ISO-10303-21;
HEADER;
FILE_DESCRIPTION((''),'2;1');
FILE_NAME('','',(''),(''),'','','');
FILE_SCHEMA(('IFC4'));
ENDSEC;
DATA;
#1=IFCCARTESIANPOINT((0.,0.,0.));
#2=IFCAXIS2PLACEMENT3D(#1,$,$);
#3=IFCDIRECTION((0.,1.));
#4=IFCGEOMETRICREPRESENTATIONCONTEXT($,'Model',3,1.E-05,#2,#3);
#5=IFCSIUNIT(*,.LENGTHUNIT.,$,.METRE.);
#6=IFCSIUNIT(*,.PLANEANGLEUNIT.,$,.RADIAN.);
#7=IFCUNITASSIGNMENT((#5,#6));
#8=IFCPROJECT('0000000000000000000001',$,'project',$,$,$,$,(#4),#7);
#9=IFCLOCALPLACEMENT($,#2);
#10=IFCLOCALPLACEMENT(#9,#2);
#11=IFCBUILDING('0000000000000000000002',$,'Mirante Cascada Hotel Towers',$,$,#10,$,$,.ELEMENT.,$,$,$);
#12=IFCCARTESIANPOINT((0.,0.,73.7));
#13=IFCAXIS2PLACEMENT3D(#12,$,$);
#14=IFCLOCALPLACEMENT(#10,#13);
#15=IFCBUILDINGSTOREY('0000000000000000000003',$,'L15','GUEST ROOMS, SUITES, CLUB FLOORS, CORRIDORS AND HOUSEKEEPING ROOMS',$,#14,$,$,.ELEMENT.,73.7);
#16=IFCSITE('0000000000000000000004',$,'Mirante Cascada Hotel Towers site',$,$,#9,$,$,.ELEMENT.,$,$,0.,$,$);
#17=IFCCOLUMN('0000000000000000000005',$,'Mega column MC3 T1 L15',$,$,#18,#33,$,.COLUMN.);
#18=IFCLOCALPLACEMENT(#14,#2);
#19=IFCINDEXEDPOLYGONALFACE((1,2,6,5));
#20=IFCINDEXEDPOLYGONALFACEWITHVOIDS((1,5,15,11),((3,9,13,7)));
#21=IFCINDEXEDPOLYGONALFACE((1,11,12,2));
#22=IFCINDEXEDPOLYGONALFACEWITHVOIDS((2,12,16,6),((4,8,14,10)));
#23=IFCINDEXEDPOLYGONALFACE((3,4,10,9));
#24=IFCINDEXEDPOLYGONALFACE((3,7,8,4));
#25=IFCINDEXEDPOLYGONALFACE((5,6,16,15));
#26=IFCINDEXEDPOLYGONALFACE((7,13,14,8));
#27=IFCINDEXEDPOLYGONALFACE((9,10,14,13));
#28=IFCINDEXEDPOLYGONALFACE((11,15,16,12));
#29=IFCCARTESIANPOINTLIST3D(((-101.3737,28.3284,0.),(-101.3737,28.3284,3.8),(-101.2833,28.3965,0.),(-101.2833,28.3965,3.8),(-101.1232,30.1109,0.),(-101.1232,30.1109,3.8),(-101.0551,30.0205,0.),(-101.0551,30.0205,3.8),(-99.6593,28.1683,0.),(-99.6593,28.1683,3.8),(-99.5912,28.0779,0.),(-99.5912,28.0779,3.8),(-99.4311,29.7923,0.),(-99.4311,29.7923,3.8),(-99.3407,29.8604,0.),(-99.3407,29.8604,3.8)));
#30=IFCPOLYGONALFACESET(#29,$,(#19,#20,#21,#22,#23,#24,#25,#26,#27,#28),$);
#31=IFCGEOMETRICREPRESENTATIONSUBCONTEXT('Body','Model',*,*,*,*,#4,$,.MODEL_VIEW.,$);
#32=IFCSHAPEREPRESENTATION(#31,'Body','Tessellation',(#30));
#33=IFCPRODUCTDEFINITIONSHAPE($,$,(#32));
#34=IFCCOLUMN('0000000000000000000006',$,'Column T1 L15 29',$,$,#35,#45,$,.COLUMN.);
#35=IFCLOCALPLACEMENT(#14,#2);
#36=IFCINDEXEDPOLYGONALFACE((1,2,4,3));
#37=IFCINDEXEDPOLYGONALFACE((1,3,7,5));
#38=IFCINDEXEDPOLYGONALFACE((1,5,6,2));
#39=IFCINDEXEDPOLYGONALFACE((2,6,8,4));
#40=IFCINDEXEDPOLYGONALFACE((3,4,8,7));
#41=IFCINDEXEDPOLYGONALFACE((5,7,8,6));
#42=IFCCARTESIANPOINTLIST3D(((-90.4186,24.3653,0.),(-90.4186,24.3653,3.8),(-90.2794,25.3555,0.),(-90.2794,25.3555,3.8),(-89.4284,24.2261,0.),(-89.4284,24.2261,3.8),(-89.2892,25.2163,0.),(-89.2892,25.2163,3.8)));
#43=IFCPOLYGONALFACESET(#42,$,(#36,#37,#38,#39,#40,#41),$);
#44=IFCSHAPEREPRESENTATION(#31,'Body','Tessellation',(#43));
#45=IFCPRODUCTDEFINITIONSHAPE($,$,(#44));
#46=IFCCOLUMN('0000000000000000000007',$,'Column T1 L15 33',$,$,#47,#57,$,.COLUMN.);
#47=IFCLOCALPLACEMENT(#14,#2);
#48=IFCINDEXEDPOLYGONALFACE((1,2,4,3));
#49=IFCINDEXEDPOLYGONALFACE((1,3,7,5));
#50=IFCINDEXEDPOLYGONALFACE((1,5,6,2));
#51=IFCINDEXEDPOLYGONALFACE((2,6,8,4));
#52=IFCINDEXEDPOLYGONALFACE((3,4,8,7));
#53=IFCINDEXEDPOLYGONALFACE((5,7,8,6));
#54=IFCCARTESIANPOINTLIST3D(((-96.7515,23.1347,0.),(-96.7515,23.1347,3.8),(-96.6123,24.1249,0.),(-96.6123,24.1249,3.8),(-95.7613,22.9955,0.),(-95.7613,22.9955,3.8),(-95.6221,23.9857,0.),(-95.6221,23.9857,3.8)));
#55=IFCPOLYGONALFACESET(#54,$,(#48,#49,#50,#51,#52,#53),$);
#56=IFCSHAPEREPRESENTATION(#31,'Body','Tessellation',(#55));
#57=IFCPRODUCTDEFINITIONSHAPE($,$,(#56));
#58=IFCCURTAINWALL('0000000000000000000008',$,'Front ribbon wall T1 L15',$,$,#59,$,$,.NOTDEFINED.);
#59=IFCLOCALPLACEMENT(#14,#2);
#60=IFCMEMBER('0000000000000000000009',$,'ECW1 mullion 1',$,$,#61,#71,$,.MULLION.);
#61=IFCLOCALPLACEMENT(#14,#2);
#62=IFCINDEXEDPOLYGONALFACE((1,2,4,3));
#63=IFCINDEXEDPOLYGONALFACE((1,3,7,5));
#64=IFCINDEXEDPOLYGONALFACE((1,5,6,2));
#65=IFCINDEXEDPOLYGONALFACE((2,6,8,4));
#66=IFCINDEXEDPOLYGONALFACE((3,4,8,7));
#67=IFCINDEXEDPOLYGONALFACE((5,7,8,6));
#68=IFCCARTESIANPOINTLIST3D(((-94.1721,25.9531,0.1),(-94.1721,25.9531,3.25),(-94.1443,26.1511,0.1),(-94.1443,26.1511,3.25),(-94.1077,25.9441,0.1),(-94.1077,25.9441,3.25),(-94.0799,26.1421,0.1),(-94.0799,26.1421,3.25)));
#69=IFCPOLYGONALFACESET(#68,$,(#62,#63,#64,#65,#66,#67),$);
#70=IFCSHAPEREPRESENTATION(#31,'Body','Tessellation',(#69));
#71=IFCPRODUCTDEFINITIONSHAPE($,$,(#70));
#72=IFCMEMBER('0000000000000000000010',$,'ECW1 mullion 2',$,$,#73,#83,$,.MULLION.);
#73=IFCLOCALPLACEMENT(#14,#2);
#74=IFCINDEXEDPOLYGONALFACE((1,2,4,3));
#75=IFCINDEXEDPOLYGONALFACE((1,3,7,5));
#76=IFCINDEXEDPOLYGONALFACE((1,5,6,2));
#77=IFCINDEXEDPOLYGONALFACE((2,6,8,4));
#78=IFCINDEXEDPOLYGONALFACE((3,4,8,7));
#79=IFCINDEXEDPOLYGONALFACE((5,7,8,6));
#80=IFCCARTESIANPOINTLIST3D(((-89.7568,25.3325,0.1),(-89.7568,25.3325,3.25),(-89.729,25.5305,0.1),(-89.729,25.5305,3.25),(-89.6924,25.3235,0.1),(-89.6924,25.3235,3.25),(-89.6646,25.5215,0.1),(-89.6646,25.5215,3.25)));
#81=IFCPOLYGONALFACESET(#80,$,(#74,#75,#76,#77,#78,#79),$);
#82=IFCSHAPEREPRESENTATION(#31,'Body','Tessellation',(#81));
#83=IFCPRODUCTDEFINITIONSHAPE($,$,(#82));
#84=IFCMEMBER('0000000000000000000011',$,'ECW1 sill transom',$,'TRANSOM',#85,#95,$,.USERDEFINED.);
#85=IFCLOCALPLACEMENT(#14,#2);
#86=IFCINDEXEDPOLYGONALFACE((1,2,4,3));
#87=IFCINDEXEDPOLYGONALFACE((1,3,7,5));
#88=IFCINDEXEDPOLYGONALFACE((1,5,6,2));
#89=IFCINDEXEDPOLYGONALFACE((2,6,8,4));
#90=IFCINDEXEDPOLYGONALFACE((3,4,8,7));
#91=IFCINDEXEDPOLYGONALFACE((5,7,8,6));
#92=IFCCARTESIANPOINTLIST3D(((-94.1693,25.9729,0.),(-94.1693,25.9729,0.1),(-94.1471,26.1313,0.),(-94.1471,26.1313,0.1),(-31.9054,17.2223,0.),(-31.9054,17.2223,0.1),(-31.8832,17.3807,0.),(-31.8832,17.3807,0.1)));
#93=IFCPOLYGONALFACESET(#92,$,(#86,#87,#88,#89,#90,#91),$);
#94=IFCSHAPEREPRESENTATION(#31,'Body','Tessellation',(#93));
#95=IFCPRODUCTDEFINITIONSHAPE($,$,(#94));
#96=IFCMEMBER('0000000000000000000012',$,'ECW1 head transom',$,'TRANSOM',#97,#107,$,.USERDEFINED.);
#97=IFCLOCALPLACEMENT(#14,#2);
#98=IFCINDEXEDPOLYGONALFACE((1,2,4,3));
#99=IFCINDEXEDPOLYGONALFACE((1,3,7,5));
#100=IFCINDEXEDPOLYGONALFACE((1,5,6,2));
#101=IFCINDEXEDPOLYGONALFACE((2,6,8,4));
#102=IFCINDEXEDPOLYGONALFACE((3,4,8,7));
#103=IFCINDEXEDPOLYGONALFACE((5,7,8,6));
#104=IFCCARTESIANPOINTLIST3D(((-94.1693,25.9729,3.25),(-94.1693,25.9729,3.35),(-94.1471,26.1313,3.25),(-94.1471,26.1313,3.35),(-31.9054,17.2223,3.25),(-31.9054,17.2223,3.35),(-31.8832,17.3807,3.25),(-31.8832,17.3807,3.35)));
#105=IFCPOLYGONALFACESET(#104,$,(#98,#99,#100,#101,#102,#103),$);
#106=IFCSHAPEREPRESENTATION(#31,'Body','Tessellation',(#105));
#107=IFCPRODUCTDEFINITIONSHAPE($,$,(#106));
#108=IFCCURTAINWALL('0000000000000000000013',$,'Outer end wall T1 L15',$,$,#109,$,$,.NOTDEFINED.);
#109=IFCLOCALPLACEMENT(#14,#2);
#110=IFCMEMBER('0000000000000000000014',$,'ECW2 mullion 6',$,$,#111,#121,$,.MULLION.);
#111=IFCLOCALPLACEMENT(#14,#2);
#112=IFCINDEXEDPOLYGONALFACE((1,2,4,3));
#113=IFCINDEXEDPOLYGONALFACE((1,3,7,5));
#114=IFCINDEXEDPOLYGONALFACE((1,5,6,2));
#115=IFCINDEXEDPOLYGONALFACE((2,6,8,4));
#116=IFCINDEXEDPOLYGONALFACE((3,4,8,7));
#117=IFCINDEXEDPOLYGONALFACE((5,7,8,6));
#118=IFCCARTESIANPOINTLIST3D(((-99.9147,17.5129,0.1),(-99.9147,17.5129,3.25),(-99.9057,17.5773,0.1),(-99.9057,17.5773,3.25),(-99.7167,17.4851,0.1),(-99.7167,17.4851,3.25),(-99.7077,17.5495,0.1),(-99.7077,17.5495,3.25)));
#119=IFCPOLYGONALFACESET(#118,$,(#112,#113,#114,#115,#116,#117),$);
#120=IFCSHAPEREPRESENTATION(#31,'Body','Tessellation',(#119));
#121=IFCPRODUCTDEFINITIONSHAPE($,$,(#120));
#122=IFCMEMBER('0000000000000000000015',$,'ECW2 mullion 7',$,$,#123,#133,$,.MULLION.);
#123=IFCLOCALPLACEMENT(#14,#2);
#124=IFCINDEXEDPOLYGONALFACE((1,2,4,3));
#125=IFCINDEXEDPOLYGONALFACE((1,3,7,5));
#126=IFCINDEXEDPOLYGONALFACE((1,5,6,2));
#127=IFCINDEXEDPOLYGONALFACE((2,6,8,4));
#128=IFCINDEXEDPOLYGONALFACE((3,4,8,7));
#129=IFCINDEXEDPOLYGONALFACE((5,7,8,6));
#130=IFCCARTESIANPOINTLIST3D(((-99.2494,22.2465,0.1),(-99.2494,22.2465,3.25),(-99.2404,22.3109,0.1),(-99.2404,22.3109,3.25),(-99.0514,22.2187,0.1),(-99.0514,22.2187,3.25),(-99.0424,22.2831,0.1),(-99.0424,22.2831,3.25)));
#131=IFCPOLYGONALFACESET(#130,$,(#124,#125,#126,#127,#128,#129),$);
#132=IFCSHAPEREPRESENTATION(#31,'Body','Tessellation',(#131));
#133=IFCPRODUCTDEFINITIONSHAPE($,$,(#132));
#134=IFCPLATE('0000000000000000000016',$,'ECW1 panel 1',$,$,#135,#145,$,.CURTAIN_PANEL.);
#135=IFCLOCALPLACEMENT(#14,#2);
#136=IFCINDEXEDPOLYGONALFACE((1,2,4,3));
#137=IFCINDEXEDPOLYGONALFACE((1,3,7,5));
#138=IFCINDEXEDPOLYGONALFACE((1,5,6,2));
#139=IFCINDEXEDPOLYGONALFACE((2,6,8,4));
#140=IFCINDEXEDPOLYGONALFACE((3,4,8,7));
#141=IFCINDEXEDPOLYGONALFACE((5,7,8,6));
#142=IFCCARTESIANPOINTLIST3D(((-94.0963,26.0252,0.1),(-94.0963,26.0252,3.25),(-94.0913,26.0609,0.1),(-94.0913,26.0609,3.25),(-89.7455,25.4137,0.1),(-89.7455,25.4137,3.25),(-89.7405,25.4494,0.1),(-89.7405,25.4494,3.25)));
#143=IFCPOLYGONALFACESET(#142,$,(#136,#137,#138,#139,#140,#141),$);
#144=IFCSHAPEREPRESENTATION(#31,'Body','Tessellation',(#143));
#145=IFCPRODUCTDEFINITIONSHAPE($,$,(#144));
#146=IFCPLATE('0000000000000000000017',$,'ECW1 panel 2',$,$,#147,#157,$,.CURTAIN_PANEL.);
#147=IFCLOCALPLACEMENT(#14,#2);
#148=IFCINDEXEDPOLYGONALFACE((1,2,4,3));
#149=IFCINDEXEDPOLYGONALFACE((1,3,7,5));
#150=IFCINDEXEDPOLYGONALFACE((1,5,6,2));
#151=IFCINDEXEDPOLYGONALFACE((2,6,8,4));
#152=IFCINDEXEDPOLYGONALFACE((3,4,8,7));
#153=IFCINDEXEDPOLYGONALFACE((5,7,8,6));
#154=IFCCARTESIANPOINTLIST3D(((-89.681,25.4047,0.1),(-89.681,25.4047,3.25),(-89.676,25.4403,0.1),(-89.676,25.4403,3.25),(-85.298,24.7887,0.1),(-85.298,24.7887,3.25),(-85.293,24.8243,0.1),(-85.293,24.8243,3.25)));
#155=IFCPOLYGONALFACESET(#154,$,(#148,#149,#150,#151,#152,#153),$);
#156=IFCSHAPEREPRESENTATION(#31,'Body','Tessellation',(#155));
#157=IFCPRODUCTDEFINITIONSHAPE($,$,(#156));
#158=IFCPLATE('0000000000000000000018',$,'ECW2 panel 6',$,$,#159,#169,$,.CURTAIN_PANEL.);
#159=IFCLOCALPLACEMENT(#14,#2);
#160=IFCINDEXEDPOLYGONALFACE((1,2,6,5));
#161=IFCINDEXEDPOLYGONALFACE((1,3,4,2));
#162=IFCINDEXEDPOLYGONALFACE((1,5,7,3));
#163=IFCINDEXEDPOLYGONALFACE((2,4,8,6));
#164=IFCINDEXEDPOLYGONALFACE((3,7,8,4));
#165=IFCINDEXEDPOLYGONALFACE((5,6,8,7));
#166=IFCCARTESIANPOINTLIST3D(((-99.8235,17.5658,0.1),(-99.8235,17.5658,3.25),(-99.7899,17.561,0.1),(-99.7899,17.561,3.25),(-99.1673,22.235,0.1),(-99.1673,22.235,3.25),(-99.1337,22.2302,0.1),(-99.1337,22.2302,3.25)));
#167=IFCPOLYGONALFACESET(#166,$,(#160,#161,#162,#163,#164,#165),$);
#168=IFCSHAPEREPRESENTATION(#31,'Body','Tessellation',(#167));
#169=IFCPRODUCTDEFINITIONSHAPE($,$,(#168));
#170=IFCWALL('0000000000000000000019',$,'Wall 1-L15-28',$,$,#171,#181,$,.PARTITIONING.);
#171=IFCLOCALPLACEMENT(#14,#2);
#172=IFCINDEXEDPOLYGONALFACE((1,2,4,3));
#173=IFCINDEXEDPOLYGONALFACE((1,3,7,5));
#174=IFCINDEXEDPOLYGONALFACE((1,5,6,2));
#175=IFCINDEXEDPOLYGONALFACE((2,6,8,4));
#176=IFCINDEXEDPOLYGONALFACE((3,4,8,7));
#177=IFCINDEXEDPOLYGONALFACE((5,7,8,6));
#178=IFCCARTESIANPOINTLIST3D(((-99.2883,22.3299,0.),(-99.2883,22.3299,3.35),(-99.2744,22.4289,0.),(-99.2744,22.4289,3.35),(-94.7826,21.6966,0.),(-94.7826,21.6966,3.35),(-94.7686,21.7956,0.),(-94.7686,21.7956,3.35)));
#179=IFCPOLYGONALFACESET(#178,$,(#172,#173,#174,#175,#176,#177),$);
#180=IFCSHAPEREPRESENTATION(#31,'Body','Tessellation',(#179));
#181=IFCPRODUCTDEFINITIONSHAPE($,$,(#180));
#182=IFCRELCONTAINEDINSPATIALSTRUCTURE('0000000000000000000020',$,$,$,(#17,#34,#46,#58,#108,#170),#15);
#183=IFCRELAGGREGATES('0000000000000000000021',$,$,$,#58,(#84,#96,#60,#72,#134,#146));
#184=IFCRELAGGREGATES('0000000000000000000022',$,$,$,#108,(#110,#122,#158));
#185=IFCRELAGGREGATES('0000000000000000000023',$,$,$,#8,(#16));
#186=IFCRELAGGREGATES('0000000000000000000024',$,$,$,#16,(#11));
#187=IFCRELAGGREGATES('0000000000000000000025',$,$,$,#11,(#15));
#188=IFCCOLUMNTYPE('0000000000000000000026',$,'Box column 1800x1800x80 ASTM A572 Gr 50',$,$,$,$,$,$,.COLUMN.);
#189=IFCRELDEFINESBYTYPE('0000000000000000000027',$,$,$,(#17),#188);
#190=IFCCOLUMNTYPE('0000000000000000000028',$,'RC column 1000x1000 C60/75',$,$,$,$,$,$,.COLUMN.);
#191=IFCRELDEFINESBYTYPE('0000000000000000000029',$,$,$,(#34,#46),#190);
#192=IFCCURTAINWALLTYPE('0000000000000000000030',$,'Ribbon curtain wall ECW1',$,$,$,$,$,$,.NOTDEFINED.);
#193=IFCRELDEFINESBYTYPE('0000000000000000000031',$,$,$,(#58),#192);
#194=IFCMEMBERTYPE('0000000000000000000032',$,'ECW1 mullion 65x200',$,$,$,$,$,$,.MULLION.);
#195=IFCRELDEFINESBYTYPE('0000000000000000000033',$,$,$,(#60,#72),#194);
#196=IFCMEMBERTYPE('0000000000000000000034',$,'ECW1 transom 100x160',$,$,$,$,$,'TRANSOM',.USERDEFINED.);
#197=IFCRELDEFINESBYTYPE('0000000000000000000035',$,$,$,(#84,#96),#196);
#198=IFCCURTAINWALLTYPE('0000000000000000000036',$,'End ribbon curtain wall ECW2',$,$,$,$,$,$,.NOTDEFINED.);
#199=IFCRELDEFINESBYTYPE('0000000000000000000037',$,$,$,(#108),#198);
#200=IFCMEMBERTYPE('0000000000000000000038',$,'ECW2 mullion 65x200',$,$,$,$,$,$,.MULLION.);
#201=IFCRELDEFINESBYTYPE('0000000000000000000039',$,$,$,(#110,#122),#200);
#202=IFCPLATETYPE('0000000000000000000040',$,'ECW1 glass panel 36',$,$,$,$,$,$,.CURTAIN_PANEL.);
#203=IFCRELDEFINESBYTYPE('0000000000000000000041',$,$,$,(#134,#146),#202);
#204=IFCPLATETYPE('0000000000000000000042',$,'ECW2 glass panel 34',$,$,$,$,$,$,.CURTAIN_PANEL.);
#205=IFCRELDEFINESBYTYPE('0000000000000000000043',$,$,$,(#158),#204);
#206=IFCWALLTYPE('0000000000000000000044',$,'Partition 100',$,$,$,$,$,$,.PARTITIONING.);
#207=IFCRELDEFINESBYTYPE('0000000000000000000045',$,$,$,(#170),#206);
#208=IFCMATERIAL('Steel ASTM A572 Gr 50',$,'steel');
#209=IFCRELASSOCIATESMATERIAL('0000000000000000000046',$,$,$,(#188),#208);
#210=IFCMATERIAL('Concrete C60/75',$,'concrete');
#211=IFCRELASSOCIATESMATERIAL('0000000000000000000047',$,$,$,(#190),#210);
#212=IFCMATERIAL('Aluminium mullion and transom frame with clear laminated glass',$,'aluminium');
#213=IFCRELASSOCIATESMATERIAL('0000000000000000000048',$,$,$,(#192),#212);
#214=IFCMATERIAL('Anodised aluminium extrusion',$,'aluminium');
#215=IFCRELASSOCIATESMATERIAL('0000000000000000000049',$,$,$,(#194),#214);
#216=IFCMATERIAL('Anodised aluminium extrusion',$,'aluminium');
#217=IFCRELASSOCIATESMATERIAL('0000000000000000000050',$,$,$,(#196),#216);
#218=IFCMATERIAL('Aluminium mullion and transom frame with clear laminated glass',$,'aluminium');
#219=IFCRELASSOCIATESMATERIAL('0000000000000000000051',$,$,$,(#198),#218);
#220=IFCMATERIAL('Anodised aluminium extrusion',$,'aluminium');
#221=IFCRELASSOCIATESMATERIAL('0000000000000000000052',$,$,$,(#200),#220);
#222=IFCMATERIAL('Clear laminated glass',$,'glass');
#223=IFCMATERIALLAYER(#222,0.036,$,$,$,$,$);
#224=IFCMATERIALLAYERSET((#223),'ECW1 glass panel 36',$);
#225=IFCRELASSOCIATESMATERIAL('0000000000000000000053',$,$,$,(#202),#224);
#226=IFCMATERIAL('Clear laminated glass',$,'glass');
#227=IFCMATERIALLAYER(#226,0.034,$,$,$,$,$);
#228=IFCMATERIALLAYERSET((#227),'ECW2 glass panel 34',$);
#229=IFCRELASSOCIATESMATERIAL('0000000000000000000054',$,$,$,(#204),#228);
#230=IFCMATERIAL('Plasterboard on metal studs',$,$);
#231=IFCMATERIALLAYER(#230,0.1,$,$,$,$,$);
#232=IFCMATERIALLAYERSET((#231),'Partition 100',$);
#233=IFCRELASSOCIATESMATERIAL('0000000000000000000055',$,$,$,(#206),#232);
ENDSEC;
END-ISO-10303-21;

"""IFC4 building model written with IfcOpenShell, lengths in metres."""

from ifc_helpers import new_model, si_unit, direction, frame, frame_2d, origin, origin_2d, place, context, subcontext, project, spatial, rectangle, hollow_rectangle, extrude, material, layer, layer_set, material_profile, profile_set, type_object, element, aggregate, save


model = new_model("IFC4")

# Units and contexts
model_context = context("Model", 3, precision=1e-05, world=origin(), true_north=direction((0.0, 1.0)))
body_context = subcontext(model_context, "Body", "Model", "MODEL_VIEW")
ifc_project = project(units=[si_unit("LENGTHUNIT", "METRE"), si_unit("PLANEANGLEUNIT", "RADIAN")], contexts=[model_context])

# Site, building, storey
site_placement = place(None, origin())
site = spatial("IfcSite", under=ifc_project, at=site_placement, Name="Mirante Cascada Hotel Towers site", CompositionType="ELEMENT", RefElevation=0.0)
building_placement = place(site_placement, origin())
building = spatial("IfcBuilding", under=site, at=building_placement, Name="Mirante Cascada Hotel Towers", CompositionType="ELEMENT")
storey_placement = place(building_placement, frame((0.0, 0.0, 73.7)))
storey = spatial("IfcBuildingStorey", under=building, at=storey_placement, Name="L15", Description="GUEST ROOMS, SUITES, CLUB FLOORS, CORRIDORS AND HOUSEKEEPING ROOMS", CompositionType="ELEMENT", Elevation=73.7)

# Columns
ifc_material_1 = material(Name="Steel ASTM A572 Gr 50", Category="steel")
ifc_material_profile_1 = material_profile(ifc_material_1, hollow_rectangle(XDim=1.8, YDim=1.8, WallThickness=0.08, at=origin_2d()), Name="Box column 1800x1800x80 ASTM A572 Gr 50")
ifc_profile_set_1 = profile_set([ifc_material_profile_1], Name="Steel ASTM A572 Gr 50")
column_type_1 = type_object("IfcColumnType", Name="Box column 1800x1800x80 ASTM A572 Gr 50", PredefinedType="COLUMN", material=ifc_profile_set_1)
column_placement = place(storey_placement, frame((-100.3572, 29.0944, 0.0), z_axis=(0.0, 0.0, 1.0), x_axis=(-0.990268, 0.139173, 0.0)))
element("IfcColumn", 1, at=column_placement, inside=storey, type_object=column_type_1, Name="Mega column MC3 T1 L15", PredefinedType="COLUMN", context=body_context, shape_type="SweptSolid", body=[
    extrude(hollow_rectangle(XDim=1.8, YDim=1.8, WallThickness=0.08, at=origin_2d()), origin(), (0.0, 0.0, 1.0), 3.8),
])
ifc_material_2 = material(Name="Concrete C60/75", Category="concrete")
ifc_material_profile_2 = material_profile(ifc_material_2, rectangle(XDim=1.0, YDim=1.0, at=origin_2d()), Name="RC column 1000x1000 C60/75")
ifc_profile_set_2 = profile_set([ifc_material_profile_2], Name="Concrete C60/75")
column_type_2 = type_object("IfcColumnType", Name="RC column 1000x1000 C60/75", PredefinedType="COLUMN", material=ifc_profile_set_2)
for number, where, z_axis, x_axis, name in (
    (2, (-89.8539, 24.7908, 0.0), (0.0, 0.0, 1.0), (-0.990268, 0.139173, 0.0), "Column T1 L15 29"),
    (3, (-96.1868, 23.5602, 0.0), (0.0, 0.0, 1.0), (-0.990268, 0.139173, 0.0), "Column T1 L15 33"),
):
    element("IfcColumn", number, at=place(storey_placement, frame(where, z_axis=z_axis, x_axis=x_axis)), inside=storey, type_object=column_type_2, Name=name, PredefinedType="COLUMN", context=body_context, shape_type="SweptSolid", body=[
        extrude(rectangle(XDim=1.0, YDim=1.0, at=origin_2d()), origin(), (0.0, 0.0, 1.0), 3.8),
    ])

# Curtain walls, members
ifc_material_3 = material(Name="Aluminium mullion and transom frame with clear laminated glass", Category="aluminium")
curtain_wall_type_1 = type_object("IfcCurtainWallType", Name="Ribbon curtain wall ECW1", PredefinedType="NOTDEFINED", material=ifc_material_3)
curtain_wall_1_placement = place(storey_placement, origin())
curtain_wall_1 = element("IfcCurtainWall", 4, at=curtain_wall_1_placement, inside=storey, type_object=curtain_wall_type_1, Name="Front ribbon wall T1 L15", PredefinedType="NOTDEFINED")
ifc_material_4 = material(Name="Anodised aluminium extrusion", Category="aluminium")
ifc_material_profile_3 = material_profile(ifc_material_4, rectangle(XDim=0.2, YDim=0.065, at=origin_2d()), Name="ECW1 MULLION 65x200")
ifc_profile_set_3 = profile_set([ifc_material_profile_3], Name="Anodised aluminium extrusion")
member_type_1 = type_object("IfcMemberType", Name="ECW1 mullion 65x200", PredefinedType="MULLION", material=ifc_profile_set_3)
member_1_placement = place(storey_placement, frame((-94.126, 26.0476, 0.1), z_axis=(0.0, 0.0, 1.0), x_axis=(0.139173, 0.990268, 0.0)))
member_1 = element("IfcMember", 5, at=member_1_placement, type_object=member_type_1, Name="ECW1 mullion 1", PredefinedType="MULLION", context=body_context, shape_type="SweptSolid", body=[
    extrude(rectangle(XDim=0.2, YDim=0.065, at=origin_2d()), origin(), (0.0, 0.0, 1.0), 3.15),
])
member_2_placement = place(storey_placement, frame((-89.7107, 25.427, 0.1), z_axis=(0.0, 0.0, 1.0), x_axis=(0.139173, 0.990268, 0.0)))
member_2 = element("IfcMember", 6, at=member_2_placement, type_object=member_type_1, Name="ECW1 mullion 2", PredefinedType="MULLION", context=body_context, shape_type="SweptSolid", body=[
    extrude(rectangle(XDim=0.2, YDim=0.065, at=origin_2d()), origin(), (0.0, 0.0, 1.0), 3.15),
])
ifc_material_5 = material(Name="Anodised aluminium extrusion", Category="aluminium")
ifc_material_profile_4 = material_profile(ifc_material_5, rectangle(XDim=0.16, YDim=0.1, at=origin_2d()), Name="ECW1 TRANSOM 100x160")
ifc_profile_set_4 = profile_set([ifc_material_profile_4], Name="Anodised aluminium extrusion")
member_type_2 = type_object("IfcMemberType", Name="ECW1 transom 100x160", ElementType="TRANSOM", PredefinedType="USERDEFINED", material=ifc_profile_set_4)
member_3_placement = place(storey_placement, frame((-94.1582, 26.0521, 0.05), z_axis=(0.990268, -0.139173, 0.0), x_axis=(0.139173, 0.990268, 0.0)))
member_3 = element("IfcMember", 7, at=member_3_placement, type_object=member_type_2, Name="ECW1 sill transom", ObjectType="TRANSOM", PredefinedType="USERDEFINED", context=body_context, shape_type="SweptSolid", body=[
    extrude(rectangle(XDim=0.16, YDim=0.1, at=origin_2d()), origin(), (0.0, 0.0, 1.0), 62.8758),
])
member_4_placement = place(storey_placement, frame((-94.1582, 26.0521, 3.3), z_axis=(0.990268, -0.139173, 0.0), x_axis=(0.139173, 0.990268, 0.0)))
member_4 = element("IfcMember", 8, at=member_4_placement, type_object=member_type_2, Name="ECW1 head transom", ObjectType="TRANSOM", PredefinedType="USERDEFINED", context=body_context, shape_type="SweptSolid", body=[
    extrude(rectangle(XDim=0.16, YDim=0.1, at=origin_2d()), origin(), (0.0, 0.0, 1.0), 62.8758),
])
ifc_material_6 = material(Name="Aluminium mullion and transom frame with clear laminated glass", Category="aluminium")
curtain_wall_type_2 = type_object("IfcCurtainWallType", Name="End ribbon curtain wall ECW2", PredefinedType="NOTDEFINED", material=ifc_material_6)
curtain_wall_2_placement = place(storey_placement, origin())
curtain_wall_2 = element("IfcCurtainWall", 9, at=curtain_wall_2_placement, inside=storey, type_object=curtain_wall_type_2, Name="Outer end wall T1 L15", PredefinedType="NOTDEFINED")
ifc_material_7 = material(Name="Anodised aluminium extrusion", Category="aluminium")
ifc_material_profile_5 = material_profile(ifc_material_7, rectangle(XDim=0.2, YDim=0.065, at=origin_2d()), Name="ECW2 MULLION 65x200")
ifc_profile_set_5 = profile_set([ifc_material_profile_5], Name="Anodised aluminium extrusion")
member_type_3 = type_object("IfcMemberType", Name="ECW2 mullion 65x200", PredefinedType="MULLION", material=ifc_profile_set_5)
member_5_placement = place(storey_placement, frame((-99.8112, 17.5312, 0.1), z_axis=(0.0, 0.0, 1.0), x_axis=(-0.990268, 0.139173, 0.0)))
member_5 = element("IfcMember", 10, at=member_5_placement, type_object=member_type_3, Name="ECW2 mullion 6", PredefinedType="MULLION", context=body_context, shape_type="SweptSolid", body=[
    extrude(rectangle(XDim=0.2, YDim=0.065, at=origin_2d()), origin(), (0.0, 0.0, 1.0), 3.15),
])
member_6_placement = place(storey_placement, frame((-99.1459, 22.2648, 0.1), z_axis=(0.0, 0.0, 1.0), x_axis=(-0.990268, 0.139173, 0.0)))
member_6 = element("IfcMember", 11, at=member_6_placement, type_object=member_type_3, Name="ECW2 mullion 7", PredefinedType="MULLION", context=body_context, shape_type="SweptSolid", body=[
    extrude(rectangle(XDim=0.2, YDim=0.065, at=origin_2d()), origin(), (0.0, 0.0, 1.0), 3.15),
])

# Plates
ifc_material_8 = material(Name="Clear laminated glass", Category="glass")
ifc_layer_1 = layer(ifc_material_8, 0.036)
ifc_layer_set_1 = layer_set([ifc_layer_1], Name="ECW1 glass panel 36")
plate_type_1 = type_object("IfcPlateType", Name="ECW1 glass panel 36", PredefinedType="CURTAIN_PANEL", material=ifc_layer_set_1)
plate_1_placement = place(storey_placement, frame((-91.9184, 25.7373, 0.1), z_axis=(0.0, 0.0, 1.0), x_axis=(0.990268, -0.139173, 0.0)))
plate_1 = element("IfcPlate", 12, at=plate_1_placement, type_object=plate_type_1, Name="ECW1 panel 1", PredefinedType="CURTAIN_PANEL", context=body_context, shape_type="SweptSolid", body=[
    extrude(rectangle(XDim=4.3936, YDim=0.036, at=origin_2d()), origin(), (0.0, 0.0, 1.0), 3.15),
])
plate_2_placement = place(storey_placement, frame((-87.487, 25.1145, 0.1), z_axis=(0.0, 0.0, 1.0), x_axis=(0.990268, -0.139173, 0.0)))
plate_2 = element("IfcPlate", 13, at=plate_2_placement, type_object=plate_type_1, Name="ECW1 panel 2", PredefinedType="CURTAIN_PANEL", context=body_context, shape_type="SweptSolid", body=[
    extrude(rectangle(XDim=4.4261, YDim=0.036, at=origin_2d()), origin(), (0.0, 0.0, 1.0), 3.15),
])
aggregate(curtain_wall_1, [member_3, member_4, member_1, member_2, plate_1, plate_2])
ifc_material_9 = material(Name="Clear laminated glass", Category="glass")
ifc_layer_2 = layer(ifc_material_9, 0.034)
ifc_layer_set_2 = layer_set([ifc_layer_2], Name="ECW2 glass panel 34")
plate_type_2 = type_object("IfcPlateType", Name="ECW2 glass panel 34", PredefinedType="CURTAIN_PANEL", material=ifc_layer_set_2)
plate_3_placement = place(storey_placement, frame((-99.4786, 19.898, 0.1), z_axis=(0.0, 0.0, 1.0), x_axis=(0.139173, 0.990268, 0.0)))
plate_3 = element("IfcPlate", 14, at=plate_3_placement, type_object=plate_type_2, Name="ECW2 panel 6", PredefinedType="CURTAIN_PANEL", context=body_context, shape_type="SweptSolid", body=[
    extrude(rectangle(XDim=4.7151, YDim=0.034, at=origin_2d()), origin(), (0.0, 0.0, 1.0), 3.15),
])
aggregate(curtain_wall_2, [member_5, member_6, plate_3])

# Wall
ifc_material_10 = material(Name="Plasterboard on metal studs")
ifc_layer_3 = layer(ifc_material_10, 0.1)
ifc_layer_set_3 = layer_set([ifc_layer_3], Name="Partition 100")
wall_type_1 = type_object("IfcWallType", Name="Partition 100", PredefinedType="PARTITIONING", material=ifc_layer_set_3)
wall_1_placement = place(storey_placement, frame((-94.7756, 21.7461, 0.0), z_axis=(0.0, 0.0, 1.0), x_axis=(-0.990266, 0.139187, 0.0)))
element("IfcWall", 15, at=wall_1_placement, inside=storey, type_object=wall_type_1, Name="Wall 1-L15-28", PredefinedType="PARTITIONING", context=body_context, shape_type="SweptSolid", body=[
    extrude(rectangle(XDim=4.55, YDim=0.1, at=frame_2d((2.275, 0.0))), origin(), (0.0, 0.0, 1.0), 3.35),
])

save(model, "model.ifc")
